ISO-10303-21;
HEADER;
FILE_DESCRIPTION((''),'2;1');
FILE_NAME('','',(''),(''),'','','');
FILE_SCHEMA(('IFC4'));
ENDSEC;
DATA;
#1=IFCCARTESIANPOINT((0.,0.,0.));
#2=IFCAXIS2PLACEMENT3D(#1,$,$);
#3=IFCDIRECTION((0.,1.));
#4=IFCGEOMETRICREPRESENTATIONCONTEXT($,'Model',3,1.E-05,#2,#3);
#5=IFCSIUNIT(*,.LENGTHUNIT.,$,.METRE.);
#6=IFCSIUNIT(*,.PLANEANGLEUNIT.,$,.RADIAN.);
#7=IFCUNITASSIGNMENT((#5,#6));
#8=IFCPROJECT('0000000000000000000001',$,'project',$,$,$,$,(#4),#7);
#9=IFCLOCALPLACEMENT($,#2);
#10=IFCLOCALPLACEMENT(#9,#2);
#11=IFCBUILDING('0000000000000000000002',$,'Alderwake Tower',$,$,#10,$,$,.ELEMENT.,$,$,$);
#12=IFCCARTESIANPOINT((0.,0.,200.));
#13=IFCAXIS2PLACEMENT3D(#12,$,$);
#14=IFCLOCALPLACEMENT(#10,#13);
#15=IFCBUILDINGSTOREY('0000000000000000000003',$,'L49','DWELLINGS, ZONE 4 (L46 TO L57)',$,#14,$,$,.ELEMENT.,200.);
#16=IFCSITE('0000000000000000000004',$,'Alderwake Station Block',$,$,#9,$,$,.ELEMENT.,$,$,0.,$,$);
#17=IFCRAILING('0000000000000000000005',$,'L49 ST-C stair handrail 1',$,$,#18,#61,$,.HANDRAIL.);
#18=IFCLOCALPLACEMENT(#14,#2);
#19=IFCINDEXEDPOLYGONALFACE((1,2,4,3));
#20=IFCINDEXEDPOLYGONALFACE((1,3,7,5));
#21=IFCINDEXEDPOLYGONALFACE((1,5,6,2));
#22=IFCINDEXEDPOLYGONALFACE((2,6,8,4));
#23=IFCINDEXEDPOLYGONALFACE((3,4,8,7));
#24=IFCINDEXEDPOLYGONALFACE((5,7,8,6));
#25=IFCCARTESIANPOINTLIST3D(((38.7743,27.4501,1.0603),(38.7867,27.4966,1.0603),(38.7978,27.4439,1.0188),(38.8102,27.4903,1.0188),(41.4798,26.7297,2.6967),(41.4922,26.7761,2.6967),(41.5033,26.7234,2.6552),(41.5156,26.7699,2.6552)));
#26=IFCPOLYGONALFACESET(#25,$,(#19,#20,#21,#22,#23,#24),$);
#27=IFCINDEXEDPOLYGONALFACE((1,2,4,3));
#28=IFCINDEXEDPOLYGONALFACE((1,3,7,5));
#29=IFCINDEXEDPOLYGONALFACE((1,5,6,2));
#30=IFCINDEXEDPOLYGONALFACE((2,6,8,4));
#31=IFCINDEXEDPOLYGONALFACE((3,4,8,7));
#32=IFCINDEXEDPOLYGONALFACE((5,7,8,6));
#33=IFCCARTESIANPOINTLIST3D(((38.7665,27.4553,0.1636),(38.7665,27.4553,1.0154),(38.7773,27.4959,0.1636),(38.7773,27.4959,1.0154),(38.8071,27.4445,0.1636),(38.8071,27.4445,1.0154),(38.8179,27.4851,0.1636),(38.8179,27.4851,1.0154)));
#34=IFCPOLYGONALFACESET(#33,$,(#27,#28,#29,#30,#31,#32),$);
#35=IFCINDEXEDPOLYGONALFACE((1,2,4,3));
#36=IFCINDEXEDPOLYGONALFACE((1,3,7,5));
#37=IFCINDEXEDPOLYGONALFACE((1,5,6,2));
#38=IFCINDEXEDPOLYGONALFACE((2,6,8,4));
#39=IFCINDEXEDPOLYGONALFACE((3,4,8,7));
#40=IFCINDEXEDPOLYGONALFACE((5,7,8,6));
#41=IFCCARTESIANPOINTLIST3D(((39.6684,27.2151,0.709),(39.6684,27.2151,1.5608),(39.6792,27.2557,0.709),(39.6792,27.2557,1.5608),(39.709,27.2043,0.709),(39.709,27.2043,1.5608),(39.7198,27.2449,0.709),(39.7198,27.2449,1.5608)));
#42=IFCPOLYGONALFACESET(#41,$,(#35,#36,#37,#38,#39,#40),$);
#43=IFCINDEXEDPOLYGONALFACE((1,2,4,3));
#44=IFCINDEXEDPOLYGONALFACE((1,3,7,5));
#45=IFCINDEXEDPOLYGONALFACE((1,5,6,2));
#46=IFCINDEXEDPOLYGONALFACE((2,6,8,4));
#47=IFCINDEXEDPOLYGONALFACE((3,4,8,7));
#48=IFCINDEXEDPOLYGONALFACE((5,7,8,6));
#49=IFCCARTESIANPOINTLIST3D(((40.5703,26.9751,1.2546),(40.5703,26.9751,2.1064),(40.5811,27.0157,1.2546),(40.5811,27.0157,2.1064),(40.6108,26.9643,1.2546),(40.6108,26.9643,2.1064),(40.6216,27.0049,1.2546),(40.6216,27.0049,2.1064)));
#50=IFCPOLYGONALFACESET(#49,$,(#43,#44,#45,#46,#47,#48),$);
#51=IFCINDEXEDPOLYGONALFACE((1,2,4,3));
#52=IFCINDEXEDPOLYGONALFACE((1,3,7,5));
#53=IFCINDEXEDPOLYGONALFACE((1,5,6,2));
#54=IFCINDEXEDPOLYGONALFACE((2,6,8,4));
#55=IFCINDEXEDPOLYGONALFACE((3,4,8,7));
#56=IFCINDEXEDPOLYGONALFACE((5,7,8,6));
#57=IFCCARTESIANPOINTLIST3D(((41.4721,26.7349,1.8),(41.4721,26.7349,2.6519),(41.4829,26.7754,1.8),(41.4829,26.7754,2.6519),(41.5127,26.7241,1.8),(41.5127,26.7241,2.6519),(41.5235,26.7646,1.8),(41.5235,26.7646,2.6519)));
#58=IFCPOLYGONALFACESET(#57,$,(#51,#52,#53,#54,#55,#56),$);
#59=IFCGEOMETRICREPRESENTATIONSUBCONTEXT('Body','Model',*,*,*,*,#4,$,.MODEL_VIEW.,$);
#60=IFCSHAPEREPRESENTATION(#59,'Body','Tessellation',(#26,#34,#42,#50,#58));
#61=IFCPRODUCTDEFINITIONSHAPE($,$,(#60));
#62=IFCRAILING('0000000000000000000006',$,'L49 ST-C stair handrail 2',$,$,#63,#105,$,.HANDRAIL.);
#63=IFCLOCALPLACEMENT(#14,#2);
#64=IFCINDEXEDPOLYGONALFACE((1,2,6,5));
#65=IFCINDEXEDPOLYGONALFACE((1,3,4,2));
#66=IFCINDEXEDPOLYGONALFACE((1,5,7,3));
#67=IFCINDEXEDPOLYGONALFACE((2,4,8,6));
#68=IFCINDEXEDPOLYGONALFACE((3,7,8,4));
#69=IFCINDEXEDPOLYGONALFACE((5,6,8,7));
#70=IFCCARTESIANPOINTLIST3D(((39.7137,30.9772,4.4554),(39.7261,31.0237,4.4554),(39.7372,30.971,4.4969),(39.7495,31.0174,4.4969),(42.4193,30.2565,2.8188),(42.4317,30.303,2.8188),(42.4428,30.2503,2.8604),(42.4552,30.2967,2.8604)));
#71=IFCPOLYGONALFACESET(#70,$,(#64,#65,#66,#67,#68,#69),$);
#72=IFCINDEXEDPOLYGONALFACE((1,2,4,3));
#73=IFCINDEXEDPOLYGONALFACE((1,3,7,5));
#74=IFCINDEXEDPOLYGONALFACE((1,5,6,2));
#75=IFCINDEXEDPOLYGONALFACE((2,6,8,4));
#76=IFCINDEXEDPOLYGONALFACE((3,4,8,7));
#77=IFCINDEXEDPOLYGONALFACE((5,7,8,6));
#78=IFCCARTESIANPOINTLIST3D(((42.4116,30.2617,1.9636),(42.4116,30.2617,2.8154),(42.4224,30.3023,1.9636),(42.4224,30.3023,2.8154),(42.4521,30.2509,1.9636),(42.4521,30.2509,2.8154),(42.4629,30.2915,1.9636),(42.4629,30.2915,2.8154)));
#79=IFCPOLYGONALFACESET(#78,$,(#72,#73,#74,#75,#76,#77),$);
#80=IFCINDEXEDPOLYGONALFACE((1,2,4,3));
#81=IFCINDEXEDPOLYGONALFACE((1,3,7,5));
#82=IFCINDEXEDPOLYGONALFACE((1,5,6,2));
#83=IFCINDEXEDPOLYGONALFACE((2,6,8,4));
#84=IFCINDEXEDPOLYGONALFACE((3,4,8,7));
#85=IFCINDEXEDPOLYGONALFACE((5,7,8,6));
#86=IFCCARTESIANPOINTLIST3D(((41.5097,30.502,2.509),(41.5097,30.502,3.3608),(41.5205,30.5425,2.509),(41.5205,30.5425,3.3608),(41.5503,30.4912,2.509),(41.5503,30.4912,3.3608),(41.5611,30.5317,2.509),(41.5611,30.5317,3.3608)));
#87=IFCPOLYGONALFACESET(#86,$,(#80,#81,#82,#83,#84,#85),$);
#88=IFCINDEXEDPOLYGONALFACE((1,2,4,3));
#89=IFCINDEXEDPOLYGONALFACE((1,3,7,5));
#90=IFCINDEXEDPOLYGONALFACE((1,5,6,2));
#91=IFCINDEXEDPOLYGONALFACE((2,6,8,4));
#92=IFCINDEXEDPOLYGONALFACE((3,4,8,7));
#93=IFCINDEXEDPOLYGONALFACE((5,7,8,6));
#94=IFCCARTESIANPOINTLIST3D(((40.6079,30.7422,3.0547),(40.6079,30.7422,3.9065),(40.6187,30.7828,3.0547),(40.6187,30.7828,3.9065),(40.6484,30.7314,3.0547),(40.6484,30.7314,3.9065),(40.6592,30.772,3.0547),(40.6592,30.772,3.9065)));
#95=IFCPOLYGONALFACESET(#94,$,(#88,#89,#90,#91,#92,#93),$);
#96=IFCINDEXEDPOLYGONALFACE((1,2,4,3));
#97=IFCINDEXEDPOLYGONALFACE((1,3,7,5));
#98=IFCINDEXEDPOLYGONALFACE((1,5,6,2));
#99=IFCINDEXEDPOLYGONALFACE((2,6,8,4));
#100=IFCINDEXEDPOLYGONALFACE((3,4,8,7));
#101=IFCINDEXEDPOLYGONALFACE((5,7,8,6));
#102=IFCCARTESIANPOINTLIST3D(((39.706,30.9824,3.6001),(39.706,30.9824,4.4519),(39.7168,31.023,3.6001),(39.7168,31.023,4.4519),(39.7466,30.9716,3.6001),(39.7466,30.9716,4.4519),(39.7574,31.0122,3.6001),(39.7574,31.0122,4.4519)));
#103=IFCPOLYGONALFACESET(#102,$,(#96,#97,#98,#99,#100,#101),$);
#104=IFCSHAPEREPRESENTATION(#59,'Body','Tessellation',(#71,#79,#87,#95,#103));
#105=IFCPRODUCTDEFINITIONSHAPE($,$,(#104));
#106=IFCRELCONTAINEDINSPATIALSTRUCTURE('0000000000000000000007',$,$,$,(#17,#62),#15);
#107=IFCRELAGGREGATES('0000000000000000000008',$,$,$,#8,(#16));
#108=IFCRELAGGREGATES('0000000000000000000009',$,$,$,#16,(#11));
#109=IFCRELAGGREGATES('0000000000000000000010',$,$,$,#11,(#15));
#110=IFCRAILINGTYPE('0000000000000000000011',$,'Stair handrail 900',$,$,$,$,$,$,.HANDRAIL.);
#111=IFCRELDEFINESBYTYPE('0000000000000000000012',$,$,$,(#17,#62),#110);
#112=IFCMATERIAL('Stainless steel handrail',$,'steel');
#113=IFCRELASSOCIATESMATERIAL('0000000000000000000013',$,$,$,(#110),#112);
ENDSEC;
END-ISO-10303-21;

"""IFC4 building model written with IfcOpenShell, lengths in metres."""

from ifc_helpers import new_model, si_unit, direction, frame, origin, origin_2d, place, context, subcontext, project, spatial, rectangle, extrude, material, type_object, element, save


model = new_model("IFC4")

# Units and contexts
model_context = context("Model", 3, precision=1e-05, world=origin(), true_north=direction((0.0, 1.0)))
body_context = subcontext(model_context, "Body", "Model", "MODEL_VIEW")
ifc_project = project(units=[si_unit("LENGTHUNIT", "METRE"), si_unit("PLANEANGLEUNIT", "RADIAN")], contexts=[model_context])

# Site, building, storey
site_placement = place(None, origin())
site = spatial("IfcSite", under=ifc_project, at=site_placement, Name="Alderwake Station Block", CompositionType="ELEMENT", RefElevation=0.0)
building_placement = place(site_placement, origin())
building = spatial("IfcBuilding", under=site, at=building_placement, Name="Alderwake Tower", CompositionType="ELEMENT")
storey_placement = place(building_placement, frame((0.0, 0.0, 200.0)))
storey = spatial("IfcBuildingStorey", under=building, at=storey_placement, Name="L49", Description="DWELLINGS, ZONE 4 (L46 TO L57)", CompositionType="ELEMENT", Elevation=200.0)

# Railings
ifc_material_1 = material(Name="Stainless steel handrail", Category="steel")
railing_type_1 = type_object("IfcRailingType", Name="Stair handrail 900", PredefinedType="HANDRAIL", material=ifc_material_1)
railing_1_placement = place(storey_placement, frame((38.7922, 27.4702, 0.1636)))
element("IfcRailing", 1, at=railing_1_placement, inside=storey, type_object=railing_type_1, Name="L49 ST-C stair handrail 1", PredefinedType="HANDRAIL", context=body_context, shape_type="SweptSolid", body=[
    extrude(rectangle(XDim=0.0481, YDim=0.0481, at=origin_2d()), frame((0.0, 0.0, 0.876), z_axis=(0.834273, -0.222157, 0.504614), x_axis=(0.257321, 0.966326, 0.0)), (0.0, 0.0, 1.0), 3.2429),
    extrude(rectangle(XDim=0.042, YDim=0.042, at=origin_2d()), frame((0.0, 0.0, 0.0), z_axis=(0.0, 0.0, 1.0), x_axis=(0.966326, -0.257321, 0.0)), (0.0, 0.0, 1.0), 0.8518),
    extrude(rectangle(XDim=0.042, YDim=0.042, at=origin_2d()), frame((0.9019, -0.2402, 0.5454), z_axis=(0.0, 0.0, 1.0), x_axis=(0.966326, -0.257321, 0.0)), (0.0, 0.0, 1.0), 0.8518),
    extrude(rectangle(XDim=0.042, YDim=0.042, at=origin_2d()), frame((1.8037, -0.4802, 1.0911), z_axis=(0.0, 0.0, 1.0), x_axis=(0.966326, -0.257321, 0.0)), (0.0, 0.0, 1.0), 0.8518),
    extrude(rectangle(XDim=0.042, YDim=0.042, at=origin_2d()), frame((2.7056, -0.7205, 1.6365), z_axis=(0.0, 0.0, 1.0), x_axis=(0.966326, -0.257321, 0.0)), (0.0, 0.0, 1.0), 0.8518),
])
railing_2_placement = place(storey_placement, frame((42.4373, 30.2766, 1.9636)))
element("IfcRailing", 2, at=railing_2_placement, inside=storey, type_object=railing_type_1, Name="L49 ST-C stair handrail 2", PredefinedType="HANDRAIL", context=body_context, shape_type="SweptSolid", body=[
    extrude(rectangle(XDim=0.0481, YDim=0.0481, at=origin_2d()), frame((0.0, 0.0, 0.876), z_axis=(-0.834259, 0.222228, 0.504605), x_axis=(-0.257402, -0.966304, 0.0)), (0.0, 0.0, 1.0), 3.2432),
    extrude(rectangle(XDim=0.042, YDim=0.042, at=origin_2d()), frame((0.0, 0.0, 0.0), z_axis=(0.0, 0.0, 1.0), x_axis=(-0.966304, 0.257402, 0.0)), (0.0, 0.0, 1.0), 0.8518),
    extrude(rectangle(XDim=0.042, YDim=0.042, at=origin_2d()), frame((-0.9019, 0.2402, 0.5454), z_axis=(0.0, 0.0, 1.0), x_axis=(-0.966304, 0.257402, 0.0)), (0.0, 0.0, 1.0), 0.8518),
    extrude(rectangle(XDim=0.042, YDim=0.042, at=origin_2d()), frame((-1.8037, 0.4805, 1.0911), z_axis=(0.0, 0.0, 1.0), x_axis=(-0.966304, 0.257402, 0.0)), (0.0, 0.0, 1.0), 0.8518),
    extrude(rectangle(XDim=0.042, YDim=0.042, at=origin_2d()), frame((-2.7056, 0.7207, 1.6365), z_axis=(0.0, 0.0, 1.0), x_axis=(-0.966304, 0.257402, 0.0)), (0.0, 0.0, 1.0), 0.8518),
])

save(model, "model.ifc")
